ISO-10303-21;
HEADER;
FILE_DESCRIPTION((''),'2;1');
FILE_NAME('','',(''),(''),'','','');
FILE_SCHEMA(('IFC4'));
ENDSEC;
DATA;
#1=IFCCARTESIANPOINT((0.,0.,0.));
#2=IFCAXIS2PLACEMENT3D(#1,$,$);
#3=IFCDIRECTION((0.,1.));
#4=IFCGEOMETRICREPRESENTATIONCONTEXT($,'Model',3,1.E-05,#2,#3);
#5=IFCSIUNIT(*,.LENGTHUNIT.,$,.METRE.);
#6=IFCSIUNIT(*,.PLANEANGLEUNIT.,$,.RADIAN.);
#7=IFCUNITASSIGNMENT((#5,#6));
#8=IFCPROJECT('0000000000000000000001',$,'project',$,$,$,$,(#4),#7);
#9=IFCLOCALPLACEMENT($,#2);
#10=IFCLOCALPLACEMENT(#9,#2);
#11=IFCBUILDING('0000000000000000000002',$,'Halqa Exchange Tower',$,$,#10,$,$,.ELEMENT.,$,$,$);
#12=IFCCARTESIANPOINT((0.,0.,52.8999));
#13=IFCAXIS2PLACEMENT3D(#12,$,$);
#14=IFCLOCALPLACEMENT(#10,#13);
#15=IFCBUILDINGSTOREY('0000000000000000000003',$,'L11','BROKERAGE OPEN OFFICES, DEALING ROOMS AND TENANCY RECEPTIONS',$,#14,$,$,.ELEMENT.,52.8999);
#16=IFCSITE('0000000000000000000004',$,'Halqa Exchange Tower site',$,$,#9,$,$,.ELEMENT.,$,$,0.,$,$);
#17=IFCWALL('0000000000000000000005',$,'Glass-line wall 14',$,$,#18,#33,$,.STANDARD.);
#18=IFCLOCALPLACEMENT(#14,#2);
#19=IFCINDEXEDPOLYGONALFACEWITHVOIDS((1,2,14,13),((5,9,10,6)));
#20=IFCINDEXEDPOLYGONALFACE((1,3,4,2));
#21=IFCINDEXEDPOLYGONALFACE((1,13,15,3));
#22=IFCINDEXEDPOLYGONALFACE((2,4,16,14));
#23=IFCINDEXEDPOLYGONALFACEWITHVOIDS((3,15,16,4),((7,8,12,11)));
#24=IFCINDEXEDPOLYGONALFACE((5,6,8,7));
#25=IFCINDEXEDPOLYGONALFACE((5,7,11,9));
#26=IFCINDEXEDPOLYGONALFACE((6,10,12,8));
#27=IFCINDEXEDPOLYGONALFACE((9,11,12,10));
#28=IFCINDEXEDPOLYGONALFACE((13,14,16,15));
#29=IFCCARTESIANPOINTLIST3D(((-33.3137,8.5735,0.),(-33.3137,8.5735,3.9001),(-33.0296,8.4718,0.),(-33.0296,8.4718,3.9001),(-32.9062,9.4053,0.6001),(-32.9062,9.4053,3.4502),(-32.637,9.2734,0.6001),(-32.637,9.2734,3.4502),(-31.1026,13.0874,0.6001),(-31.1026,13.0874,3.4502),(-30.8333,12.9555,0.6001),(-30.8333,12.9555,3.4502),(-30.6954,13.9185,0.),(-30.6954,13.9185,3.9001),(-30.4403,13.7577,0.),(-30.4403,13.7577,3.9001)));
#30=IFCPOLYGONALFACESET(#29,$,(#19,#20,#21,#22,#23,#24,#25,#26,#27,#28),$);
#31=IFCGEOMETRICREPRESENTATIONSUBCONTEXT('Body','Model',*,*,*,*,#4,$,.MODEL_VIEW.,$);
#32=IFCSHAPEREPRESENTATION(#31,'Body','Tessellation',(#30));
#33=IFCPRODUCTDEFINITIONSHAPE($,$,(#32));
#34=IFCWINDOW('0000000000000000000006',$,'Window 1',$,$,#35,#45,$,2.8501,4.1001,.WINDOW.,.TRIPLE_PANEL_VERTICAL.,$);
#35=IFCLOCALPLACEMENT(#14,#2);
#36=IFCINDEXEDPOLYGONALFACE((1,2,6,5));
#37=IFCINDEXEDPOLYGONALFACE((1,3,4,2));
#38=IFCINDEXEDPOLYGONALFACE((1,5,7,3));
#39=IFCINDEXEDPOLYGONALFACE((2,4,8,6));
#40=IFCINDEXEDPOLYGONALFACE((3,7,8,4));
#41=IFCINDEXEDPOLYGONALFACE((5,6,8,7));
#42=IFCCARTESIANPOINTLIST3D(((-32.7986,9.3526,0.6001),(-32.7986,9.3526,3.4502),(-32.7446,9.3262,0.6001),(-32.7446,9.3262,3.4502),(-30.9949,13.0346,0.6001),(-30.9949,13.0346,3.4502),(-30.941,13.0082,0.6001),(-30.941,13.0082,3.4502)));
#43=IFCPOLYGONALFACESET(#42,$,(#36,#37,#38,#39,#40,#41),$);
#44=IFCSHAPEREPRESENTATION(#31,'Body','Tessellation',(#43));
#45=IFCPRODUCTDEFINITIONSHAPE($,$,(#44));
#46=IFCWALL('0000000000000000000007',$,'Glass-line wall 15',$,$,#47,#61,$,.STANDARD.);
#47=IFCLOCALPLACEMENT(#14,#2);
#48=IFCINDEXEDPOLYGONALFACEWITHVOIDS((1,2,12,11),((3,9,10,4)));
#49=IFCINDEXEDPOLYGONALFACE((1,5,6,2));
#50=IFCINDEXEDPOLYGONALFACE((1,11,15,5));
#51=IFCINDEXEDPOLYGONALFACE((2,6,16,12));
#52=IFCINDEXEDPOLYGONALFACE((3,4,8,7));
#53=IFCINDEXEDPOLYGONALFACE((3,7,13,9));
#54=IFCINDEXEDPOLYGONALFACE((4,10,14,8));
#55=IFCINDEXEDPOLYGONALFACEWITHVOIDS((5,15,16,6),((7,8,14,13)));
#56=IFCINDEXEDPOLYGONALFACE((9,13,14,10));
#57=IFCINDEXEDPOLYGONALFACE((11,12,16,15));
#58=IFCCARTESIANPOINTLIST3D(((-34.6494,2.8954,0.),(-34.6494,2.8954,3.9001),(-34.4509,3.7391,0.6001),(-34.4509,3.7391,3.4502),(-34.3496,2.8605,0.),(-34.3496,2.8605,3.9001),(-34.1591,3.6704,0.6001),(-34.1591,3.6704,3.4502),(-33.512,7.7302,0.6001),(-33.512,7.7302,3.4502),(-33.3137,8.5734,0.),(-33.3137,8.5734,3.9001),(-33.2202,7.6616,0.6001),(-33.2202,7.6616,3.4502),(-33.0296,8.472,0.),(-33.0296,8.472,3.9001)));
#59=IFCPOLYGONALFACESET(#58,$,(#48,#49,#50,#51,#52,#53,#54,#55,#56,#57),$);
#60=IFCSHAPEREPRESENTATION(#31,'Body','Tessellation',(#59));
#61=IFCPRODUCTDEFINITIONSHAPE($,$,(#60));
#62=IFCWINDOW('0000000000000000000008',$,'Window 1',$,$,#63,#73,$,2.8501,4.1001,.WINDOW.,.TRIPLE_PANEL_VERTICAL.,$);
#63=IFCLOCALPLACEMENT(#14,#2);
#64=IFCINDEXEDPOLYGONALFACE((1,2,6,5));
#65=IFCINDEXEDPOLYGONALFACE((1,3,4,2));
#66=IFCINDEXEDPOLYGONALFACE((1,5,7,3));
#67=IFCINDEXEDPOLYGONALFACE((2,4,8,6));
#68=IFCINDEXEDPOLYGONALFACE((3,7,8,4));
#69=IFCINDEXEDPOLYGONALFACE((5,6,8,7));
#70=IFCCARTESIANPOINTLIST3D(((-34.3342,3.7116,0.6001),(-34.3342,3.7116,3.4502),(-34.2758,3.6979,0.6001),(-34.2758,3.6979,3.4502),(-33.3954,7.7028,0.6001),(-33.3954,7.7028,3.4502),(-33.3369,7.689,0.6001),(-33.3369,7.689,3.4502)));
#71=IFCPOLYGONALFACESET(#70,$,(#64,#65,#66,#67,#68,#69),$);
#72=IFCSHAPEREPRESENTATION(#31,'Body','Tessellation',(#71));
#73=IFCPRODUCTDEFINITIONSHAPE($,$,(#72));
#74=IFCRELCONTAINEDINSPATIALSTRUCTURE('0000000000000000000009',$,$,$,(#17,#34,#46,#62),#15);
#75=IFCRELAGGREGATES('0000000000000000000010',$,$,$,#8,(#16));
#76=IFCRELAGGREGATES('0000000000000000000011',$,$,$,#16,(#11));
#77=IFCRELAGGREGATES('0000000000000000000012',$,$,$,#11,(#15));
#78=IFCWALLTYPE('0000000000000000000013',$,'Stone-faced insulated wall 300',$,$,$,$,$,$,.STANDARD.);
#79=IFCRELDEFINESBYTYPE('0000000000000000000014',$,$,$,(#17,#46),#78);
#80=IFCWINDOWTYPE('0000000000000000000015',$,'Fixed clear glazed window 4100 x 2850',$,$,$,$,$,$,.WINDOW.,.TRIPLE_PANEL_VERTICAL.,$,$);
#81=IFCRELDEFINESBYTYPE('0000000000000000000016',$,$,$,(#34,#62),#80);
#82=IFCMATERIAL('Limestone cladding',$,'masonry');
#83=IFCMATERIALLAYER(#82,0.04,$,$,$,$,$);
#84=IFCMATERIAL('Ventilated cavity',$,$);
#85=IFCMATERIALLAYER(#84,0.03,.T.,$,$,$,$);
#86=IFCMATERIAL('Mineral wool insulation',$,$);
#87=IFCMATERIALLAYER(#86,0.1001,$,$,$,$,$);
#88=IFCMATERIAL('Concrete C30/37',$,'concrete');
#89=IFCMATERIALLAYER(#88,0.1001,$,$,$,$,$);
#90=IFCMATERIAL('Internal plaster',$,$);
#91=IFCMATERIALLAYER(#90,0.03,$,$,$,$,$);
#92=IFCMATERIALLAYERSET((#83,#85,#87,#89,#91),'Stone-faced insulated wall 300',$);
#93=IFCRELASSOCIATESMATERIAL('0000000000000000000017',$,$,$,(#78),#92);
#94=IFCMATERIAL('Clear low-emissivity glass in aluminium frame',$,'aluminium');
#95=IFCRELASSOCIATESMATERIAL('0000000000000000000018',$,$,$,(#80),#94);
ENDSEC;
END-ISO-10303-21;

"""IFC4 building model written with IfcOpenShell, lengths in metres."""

from ifc_helpers import new_model, si_unit, direction, frame, frame_2d, origin, place, context, subcontext, project, spatial, polyline, rectangle, outline, extrude, material, layer, layer_set, type_object, element, fill, save


model = new_model("IFC4")

# Units and contexts
model_context = context("Model", 3, precision=1e-05, world=origin(), true_north=direction((0.0, 1.0)))
body_context = subcontext(model_context, "Body", "Model", "MODEL_VIEW")
ifc_project = project(units=[si_unit("LENGTHUNIT", "METRE"), si_unit("PLANEANGLEUNIT", "RADIAN")], contexts=[model_context])

# Site, building, storey
site_placement = place(None, origin())
site = spatial("IfcSite", under=ifc_project, at=site_placement, Name="Halqa Exchange Tower site", CompositionType="ELEMENT", RefElevation=0.0)
building_placement = place(site_placement, origin())
building = spatial("IfcBuilding", under=site, at=building_placement, Name="Halqa Exchange Tower", CompositionType="ELEMENT")
storey_placement = place(building_placement, frame((0.0, 0.0, 52.8999)))
storey = spatial("IfcBuildingStorey", under=building, at=storey_placement, Name="L11", Description="BROKERAGE OPEN OFFICES, DEALING ROOMS AND TENANCY RECEPTIONS", CompositionType="ELEMENT", Elevation=52.8999)

# Walls, openings, windows
ifc_material_1 = material(Name="Limestone cladding", Category="masonry")
ifc_layer_1 = layer(ifc_material_1, 0.04)
ifc_material_2 = material(Name="Ventilated cavity")
ifc_layer_2 = layer(ifc_material_2, 0.03, ventilated=True)
ifc_material_3 = material(Name="Mineral wool insulation")
ifc_layer_3 = layer(ifc_material_3, 0.1001)
ifc_material_4 = material(Name="Concrete C30/37", Category="concrete")
ifc_layer_4 = layer(ifc_material_4, 0.1001)
ifc_material_5 = material(Name="Internal plaster")
ifc_layer_5 = layer(ifc_material_5, 0.03)
ifc_layer_set_1 = layer_set([ifc_layer_1, ifc_layer_2, ifc_layer_3, ifc_layer_4, ifc_layer_5], Name="Stone-faced insulated wall 300")
wall_type_1 = type_object("IfcWallType", Name="Stone-faced insulated wall 300", PredefinedType="STANDARD", material=ifc_layer_set_1)
wall_1_placement = place(storey_placement, frame((-30.5679, 13.8381, 0.0), z_axis=(0.0, 0.0, 1.0), x_axis=(-0.439906, -0.898044, 0.0)))
wall_1 = element("IfcWall", 1, at=wall_1_placement, inside=storey, type_object=wall_type_1, Name="Glass-line wall 14", PredefinedType="STANDARD", context=body_context, shape_type="SweptSolid", body=[
    extrude(outline(polyline([(-0.0161, -0.1499), (5.9358, -0.1499), (5.9021, 0.1499), (0.0161, 0.1499), (-0.0161, -0.1499)])), origin(), (0.0, 0.0, 1.0), 3.9001),
])
opening_1_placement = place(wall_1_placement, frame((0.9094, 0.0, 0.6001)))
opening_1 = element("IfcOpeningElement", 2, at=opening_1_placement, cuts=wall_1, PredefinedType="OPENING", context=body_context, shape_type="SweptSolid", body=[
    extrude(rectangle(XDim=4.1001, YDim=2.8501, at=frame_2d((2.05, 1.425))), frame((0.0, 0.1621, 0.0), z_axis=(0.0, -1.0, 0.0), x_axis=(1.0, 0.0, 0.0)), (0.0, 0.0, 1.0), 0.324),
])
ifc_material_6 = material(Name="Clear low-emissivity glass in aluminium frame", Category="aluminium")
window_type = type_object("IfcWindowType", Name="Fixed clear glazed window 4100 x 2850", PartitioningType="TRIPLE_PANEL_VERTICAL", PredefinedType="WINDOW", material=ifc_material_6)
window_1_placement = place(opening_1_placement, origin())
window_1 = element("IfcWindow", 3, at=window_1_placement, inside=storey, type_object=window_type, Name="Window 1", OverallHeight=2.8501, OverallWidth=4.1001, PartitioningType="TRIPLE_PANEL_VERTICAL", PredefinedType="WINDOW", context=body_context, shape_type="SweptSolid", body=[
    extrude(rectangle(XDim=4.1001, YDim=2.8501, at=frame_2d((2.05, 1.425))), frame((0.0, 0.03, 0.0), z_axis=(0.0, -1.0, 0.0), x_axis=(1.0, 0.0, 0.0)), (0.0, 0.0, 1.0), 0.0601),
])
fill(opening_1, window_1)
wall_2_placement = place(storey_placement, frame((-33.1716, 8.5227, 0.0), z_axis=(0.0, 0.0, 1.0), x_axis=(-0.22899, -0.973429, 0.0)))
wall_2 = element("IfcWall", 4, at=wall_2_placement, inside=storey, type_object=wall_type_1, Name="Glass-line wall 15", PredefinedType="STANDARD", context=body_context, shape_type="SweptSolid", body=[
    extrude(outline(polyline([(-0.0168, -0.1499), (5.8162, -0.1499), (5.7815, 0.1499), (0.0168, 0.1499), (-0.0168, -0.1499)])), origin(), (0.0, 0.0, 1.0), 3.9001),
])
opening_2_placement = place(wall_2_placement, frame((0.8494, 0.0, 0.6001)))
opening_2 = element("IfcOpeningElement", 5, at=opening_2_placement, cuts=wall_2, PredefinedType="OPENING", context=body_context, shape_type="SweptSolid", body=[
    extrude(rectangle(XDim=4.1001, YDim=2.8501, at=frame_2d((2.05, 1.425))), frame((0.0, 0.1621, 0.0), z_axis=(0.0, -1.0, 0.0), x_axis=(1.0, 0.0, 0.0)), (0.0, 0.0, 1.0), 0.324),
])
window_2_placement = place(opening_2_placement, origin())
window_2 = element("IfcWindow", 6, at=window_2_placement, inside=storey, type_object=window_type, Name="Window 1", OverallHeight=2.8501, OverallWidth=4.1001, PartitioningType="TRIPLE_PANEL_VERTICAL", PredefinedType="WINDOW", context=body_context, shape_type="SweptSolid", body=[
    extrude(rectangle(XDim=4.1001, YDim=2.8501, at=frame_2d((2.05, 1.425))), frame((0.0, 0.03, 0.0), z_axis=(0.0, -1.0, 0.0), x_axis=(1.0, 0.0, 0.0)), (0.0, 0.0, 1.0), 0.0601),
])
fill(opening_2, window_2)

save(model, "model.ifc")
